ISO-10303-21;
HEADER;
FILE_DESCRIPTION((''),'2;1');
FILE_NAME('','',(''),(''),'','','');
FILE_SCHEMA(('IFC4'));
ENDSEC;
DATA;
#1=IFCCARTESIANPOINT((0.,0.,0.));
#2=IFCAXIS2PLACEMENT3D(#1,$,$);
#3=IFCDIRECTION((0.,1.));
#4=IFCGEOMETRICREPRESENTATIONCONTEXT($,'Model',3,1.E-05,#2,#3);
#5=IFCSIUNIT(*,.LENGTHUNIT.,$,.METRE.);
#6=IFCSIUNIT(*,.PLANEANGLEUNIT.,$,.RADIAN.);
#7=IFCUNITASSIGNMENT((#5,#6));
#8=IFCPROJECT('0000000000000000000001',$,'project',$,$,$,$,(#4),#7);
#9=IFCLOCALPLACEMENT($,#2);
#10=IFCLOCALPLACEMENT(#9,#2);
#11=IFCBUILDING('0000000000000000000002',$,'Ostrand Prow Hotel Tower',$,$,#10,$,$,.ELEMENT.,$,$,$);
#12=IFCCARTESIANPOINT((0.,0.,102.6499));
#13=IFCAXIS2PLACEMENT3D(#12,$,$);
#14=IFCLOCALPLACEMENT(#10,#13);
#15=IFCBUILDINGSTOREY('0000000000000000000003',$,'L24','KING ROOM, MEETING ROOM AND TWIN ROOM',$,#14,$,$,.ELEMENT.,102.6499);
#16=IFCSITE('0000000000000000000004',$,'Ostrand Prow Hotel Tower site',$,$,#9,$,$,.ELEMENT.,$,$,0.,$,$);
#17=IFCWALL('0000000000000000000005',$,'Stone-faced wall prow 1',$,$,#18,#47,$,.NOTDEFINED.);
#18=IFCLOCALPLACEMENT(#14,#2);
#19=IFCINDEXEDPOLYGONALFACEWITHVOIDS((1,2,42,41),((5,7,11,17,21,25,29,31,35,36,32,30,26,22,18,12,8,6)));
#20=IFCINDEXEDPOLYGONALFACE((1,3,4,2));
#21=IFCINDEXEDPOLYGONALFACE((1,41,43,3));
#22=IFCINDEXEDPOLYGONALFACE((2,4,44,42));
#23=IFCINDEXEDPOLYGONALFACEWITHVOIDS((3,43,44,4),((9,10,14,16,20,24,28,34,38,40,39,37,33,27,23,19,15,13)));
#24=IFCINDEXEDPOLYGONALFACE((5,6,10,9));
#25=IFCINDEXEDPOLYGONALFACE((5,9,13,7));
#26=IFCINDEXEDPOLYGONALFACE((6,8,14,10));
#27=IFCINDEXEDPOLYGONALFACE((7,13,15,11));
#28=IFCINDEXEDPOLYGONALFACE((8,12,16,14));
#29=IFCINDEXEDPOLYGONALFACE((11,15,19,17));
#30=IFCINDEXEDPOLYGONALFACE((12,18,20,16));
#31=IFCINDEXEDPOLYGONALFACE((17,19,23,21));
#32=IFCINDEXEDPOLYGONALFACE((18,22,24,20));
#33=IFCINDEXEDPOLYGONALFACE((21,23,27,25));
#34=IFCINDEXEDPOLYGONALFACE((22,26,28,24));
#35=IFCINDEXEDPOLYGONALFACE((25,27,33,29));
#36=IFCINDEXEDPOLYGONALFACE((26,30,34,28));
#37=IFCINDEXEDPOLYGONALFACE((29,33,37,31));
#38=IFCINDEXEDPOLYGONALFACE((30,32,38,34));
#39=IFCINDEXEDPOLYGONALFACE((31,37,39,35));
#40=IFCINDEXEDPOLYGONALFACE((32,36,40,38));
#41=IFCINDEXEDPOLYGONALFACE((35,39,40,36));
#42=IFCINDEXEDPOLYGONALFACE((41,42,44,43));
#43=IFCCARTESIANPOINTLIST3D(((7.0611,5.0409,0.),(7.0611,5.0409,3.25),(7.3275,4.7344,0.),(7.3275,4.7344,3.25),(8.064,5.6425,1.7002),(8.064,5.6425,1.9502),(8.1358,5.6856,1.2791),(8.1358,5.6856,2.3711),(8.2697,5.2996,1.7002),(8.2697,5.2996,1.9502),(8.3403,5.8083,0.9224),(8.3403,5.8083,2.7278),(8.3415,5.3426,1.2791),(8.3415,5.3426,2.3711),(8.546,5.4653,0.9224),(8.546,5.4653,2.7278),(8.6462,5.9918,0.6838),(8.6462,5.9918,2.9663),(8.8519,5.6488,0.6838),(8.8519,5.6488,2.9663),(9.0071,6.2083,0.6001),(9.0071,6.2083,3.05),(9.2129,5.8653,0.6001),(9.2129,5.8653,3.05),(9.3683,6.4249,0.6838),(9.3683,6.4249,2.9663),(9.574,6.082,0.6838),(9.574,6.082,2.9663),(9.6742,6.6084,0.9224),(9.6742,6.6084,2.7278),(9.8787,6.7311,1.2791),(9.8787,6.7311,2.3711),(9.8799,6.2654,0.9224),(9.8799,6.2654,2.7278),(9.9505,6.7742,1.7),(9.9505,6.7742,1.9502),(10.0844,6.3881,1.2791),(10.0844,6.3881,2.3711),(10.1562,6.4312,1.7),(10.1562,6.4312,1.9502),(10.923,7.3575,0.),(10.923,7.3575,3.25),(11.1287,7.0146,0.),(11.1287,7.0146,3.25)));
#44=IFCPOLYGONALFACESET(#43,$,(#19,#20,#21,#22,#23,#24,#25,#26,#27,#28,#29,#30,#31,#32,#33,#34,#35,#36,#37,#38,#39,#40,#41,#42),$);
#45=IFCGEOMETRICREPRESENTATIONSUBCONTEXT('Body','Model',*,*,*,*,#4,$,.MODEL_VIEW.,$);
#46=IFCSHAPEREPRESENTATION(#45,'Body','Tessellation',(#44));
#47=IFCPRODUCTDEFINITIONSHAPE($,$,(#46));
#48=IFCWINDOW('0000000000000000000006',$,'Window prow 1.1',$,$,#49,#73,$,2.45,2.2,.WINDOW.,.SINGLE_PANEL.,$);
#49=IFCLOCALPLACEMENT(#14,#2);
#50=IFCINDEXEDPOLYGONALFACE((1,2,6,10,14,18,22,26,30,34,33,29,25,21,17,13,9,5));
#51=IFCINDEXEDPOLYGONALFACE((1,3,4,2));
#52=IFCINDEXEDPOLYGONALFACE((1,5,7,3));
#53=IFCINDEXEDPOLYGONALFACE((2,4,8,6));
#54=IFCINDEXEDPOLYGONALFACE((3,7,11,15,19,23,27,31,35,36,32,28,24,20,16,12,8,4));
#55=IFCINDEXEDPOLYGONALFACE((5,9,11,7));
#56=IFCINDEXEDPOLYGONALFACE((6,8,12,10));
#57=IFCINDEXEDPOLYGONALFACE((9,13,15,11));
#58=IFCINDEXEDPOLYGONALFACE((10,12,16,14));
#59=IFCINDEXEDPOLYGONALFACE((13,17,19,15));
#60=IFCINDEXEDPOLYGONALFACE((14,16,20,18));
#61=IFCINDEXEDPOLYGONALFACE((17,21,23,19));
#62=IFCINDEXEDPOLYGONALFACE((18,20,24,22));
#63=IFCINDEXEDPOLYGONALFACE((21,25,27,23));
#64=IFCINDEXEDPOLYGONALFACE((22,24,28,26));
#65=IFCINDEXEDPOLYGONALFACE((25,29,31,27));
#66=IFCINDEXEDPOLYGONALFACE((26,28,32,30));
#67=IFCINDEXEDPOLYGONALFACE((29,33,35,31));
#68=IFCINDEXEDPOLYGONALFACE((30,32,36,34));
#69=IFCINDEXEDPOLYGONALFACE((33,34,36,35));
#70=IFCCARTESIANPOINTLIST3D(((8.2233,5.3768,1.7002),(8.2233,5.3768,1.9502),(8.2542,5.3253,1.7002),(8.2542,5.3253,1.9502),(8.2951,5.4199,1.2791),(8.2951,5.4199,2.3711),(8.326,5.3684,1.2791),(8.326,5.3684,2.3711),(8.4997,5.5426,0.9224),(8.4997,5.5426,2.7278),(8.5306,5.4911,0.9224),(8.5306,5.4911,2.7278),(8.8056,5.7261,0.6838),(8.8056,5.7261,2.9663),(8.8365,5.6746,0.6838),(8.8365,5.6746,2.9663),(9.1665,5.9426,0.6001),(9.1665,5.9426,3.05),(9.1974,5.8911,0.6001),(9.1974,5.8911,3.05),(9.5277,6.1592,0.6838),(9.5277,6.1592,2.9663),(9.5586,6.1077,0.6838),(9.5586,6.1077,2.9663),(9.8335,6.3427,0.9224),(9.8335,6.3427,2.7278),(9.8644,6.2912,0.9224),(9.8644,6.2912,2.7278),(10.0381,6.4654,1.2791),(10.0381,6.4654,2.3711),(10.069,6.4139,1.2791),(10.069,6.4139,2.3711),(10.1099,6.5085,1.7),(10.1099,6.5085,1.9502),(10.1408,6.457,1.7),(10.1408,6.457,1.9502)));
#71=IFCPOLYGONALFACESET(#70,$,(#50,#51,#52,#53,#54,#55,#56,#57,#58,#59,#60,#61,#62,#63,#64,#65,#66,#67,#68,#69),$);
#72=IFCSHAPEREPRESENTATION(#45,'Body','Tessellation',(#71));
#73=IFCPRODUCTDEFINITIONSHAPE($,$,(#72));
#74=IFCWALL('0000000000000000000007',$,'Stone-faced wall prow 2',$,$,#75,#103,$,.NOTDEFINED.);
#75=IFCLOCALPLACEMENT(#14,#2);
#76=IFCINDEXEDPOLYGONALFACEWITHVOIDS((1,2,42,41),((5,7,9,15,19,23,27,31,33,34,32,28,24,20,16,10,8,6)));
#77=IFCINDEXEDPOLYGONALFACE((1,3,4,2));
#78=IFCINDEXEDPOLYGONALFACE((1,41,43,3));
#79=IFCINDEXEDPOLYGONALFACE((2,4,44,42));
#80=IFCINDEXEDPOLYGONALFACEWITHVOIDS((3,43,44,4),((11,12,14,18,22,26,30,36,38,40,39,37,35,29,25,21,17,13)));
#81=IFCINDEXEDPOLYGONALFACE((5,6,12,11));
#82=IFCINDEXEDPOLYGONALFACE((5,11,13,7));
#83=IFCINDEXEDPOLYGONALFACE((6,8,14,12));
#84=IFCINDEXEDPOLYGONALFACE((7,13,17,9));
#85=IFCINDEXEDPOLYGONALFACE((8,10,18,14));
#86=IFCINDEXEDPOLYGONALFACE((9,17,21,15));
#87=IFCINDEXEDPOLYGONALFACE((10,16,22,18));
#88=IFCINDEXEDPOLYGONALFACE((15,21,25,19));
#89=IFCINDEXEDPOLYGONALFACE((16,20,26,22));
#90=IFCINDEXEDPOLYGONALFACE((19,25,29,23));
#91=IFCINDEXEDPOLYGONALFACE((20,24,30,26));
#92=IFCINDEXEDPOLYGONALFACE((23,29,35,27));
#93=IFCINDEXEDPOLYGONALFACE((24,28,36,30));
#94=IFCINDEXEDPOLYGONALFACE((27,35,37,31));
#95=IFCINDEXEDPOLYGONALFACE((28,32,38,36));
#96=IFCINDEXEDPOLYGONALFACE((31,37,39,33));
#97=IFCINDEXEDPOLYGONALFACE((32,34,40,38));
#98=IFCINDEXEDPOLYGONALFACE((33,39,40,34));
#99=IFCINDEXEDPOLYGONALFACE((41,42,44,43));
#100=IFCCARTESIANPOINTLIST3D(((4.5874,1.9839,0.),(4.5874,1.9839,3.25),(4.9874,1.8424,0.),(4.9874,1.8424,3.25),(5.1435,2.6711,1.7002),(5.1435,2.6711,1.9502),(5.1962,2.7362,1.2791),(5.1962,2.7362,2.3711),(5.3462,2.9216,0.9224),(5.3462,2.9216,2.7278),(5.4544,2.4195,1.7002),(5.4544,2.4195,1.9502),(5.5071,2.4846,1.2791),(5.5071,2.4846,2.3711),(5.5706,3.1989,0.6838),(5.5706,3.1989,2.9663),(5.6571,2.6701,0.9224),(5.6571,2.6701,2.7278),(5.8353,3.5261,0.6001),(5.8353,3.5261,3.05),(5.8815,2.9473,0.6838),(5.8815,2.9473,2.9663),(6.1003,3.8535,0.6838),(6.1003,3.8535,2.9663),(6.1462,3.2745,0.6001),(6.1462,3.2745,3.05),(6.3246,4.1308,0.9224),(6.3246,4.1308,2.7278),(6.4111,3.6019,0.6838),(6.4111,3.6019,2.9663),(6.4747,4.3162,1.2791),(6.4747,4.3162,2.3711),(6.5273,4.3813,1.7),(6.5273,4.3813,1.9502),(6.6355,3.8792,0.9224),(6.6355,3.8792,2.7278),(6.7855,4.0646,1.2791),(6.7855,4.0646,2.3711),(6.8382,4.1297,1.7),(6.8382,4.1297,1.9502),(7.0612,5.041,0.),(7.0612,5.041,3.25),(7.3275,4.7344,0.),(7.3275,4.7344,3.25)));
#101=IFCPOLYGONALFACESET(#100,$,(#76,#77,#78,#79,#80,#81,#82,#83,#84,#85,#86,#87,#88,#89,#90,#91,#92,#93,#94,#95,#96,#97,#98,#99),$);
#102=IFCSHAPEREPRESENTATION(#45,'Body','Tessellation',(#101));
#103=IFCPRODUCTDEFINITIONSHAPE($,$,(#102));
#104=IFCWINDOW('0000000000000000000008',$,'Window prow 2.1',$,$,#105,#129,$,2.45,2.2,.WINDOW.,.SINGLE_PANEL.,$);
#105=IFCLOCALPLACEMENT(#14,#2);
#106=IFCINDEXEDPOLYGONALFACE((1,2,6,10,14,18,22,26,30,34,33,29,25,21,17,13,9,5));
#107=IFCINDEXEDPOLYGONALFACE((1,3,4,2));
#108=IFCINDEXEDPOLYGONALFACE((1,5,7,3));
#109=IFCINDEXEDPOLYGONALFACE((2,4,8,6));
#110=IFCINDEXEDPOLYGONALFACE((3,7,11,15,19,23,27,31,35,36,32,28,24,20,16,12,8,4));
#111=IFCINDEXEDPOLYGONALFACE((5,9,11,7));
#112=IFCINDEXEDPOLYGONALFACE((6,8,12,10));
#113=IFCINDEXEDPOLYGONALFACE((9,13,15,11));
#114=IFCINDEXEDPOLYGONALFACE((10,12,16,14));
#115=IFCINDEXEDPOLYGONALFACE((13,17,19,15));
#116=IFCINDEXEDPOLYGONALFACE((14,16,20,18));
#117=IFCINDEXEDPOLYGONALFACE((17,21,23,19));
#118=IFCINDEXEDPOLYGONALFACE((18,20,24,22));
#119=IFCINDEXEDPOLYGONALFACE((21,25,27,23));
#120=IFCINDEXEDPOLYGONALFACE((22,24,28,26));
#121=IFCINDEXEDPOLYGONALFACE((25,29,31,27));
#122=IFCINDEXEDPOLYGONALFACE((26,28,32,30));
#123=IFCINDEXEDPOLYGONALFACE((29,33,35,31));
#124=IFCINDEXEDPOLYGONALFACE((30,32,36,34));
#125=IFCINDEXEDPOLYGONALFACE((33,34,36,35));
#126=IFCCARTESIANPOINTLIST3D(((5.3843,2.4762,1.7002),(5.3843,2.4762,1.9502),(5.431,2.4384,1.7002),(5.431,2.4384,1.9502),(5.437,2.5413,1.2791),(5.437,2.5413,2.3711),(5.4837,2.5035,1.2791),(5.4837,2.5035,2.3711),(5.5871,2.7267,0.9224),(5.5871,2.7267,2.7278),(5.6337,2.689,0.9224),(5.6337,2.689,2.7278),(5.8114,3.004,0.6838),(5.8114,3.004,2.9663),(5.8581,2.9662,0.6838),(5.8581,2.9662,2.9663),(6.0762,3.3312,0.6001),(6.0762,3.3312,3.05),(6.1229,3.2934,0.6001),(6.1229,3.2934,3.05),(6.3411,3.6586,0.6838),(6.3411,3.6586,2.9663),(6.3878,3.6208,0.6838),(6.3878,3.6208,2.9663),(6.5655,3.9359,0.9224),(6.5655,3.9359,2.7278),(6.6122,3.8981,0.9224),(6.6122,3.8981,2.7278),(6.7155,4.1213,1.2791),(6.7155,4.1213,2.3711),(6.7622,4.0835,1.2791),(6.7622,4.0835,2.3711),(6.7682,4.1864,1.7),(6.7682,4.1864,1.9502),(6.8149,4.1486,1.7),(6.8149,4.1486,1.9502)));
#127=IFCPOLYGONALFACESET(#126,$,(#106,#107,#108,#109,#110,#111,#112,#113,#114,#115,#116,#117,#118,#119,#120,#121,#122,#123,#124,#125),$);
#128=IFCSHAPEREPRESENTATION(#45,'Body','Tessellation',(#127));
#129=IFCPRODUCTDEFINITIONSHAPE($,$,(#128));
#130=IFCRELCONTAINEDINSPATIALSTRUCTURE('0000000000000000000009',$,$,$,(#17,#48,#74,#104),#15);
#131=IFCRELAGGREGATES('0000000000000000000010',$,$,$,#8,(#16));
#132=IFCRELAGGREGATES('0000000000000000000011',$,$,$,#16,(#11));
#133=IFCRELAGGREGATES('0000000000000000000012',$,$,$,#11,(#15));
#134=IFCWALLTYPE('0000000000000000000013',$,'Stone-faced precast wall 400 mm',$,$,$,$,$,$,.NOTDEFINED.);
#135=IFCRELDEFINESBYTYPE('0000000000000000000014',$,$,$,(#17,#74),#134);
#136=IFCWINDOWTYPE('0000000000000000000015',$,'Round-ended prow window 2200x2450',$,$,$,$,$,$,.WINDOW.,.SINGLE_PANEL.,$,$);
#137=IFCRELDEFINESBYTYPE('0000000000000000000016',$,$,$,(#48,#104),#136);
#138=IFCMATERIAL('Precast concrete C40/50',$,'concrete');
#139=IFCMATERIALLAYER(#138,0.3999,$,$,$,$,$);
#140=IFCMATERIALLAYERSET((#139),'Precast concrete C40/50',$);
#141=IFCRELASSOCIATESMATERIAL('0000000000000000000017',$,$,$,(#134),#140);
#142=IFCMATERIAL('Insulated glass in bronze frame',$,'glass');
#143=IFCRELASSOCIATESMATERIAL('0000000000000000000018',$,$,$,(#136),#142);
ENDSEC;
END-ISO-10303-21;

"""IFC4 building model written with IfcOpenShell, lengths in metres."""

from ifc_helpers import new_model, si_unit, direction, frame, origin, place, context, subcontext, project, spatial, polyline, outline, extrude, material, layer, layer_set, type_object, element, fill, save


model = new_model("IFC4")

# Units and contexts
model_context = context("Model", 3, precision=1e-05, world=origin(), true_north=direction((0.0, 1.0)))
body_context = subcontext(model_context, "Body", "Model", "MODEL_VIEW")
ifc_project = project(units=[si_unit("LENGTHUNIT", "METRE"), si_unit("PLANEANGLEUNIT", "RADIAN")], contexts=[model_context])

# Site, building, storey
site_placement = place(None, origin())
site = spatial("IfcSite", under=ifc_project, at=site_placement, Name="Ostrand Prow Hotel Tower site", CompositionType="ELEMENT", RefElevation=0.0)
building_placement = place(site_placement, origin())
building = spatial("IfcBuilding", under=site, at=building_placement, Name="Ostrand Prow Hotel Tower", CompositionType="ELEMENT")
storey_placement = place(building_placement, frame((0.0, 0.0, 102.6499)))
storey = spatial("IfcBuildingStorey", under=building, at=storey_placement, Name="L24", Description="KING ROOM, MEETING ROOM AND TWIN ROOM", CompositionType="ELEMENT", Elevation=102.6499)

# Walls, openings, windows
ifc_material_1 = material(Name="Precast concrete C40/50", Category="concrete")
ifc_layer_1 = layer(ifc_material_1, 0.3999)
ifc_layer_set_1 = layer_set([ifc_layer_1], Name="Precast concrete C40/50")
wall_type_1 = type_object("IfcWallType", Name="Stone-faced precast wall 400 mm", PredefinedType="NOTDEFINED", material=ifc_layer_set_1)
wall_1_placement = place(storey_placement, frame((11.0259, 7.186, 0.0), z_axis=(0.0, 0.0, 1.0), x_axis=(-0.857551, -0.514399, 0.0)))
wall_1 = element("IfcWall", 1, at=wall_1_placement, inside=storey, type_object=wall_type_1, Name="Stone-faced wall prow 1", PredefinedType="NOTDEFINED", context=body_context, shape_type="SweptSolid", body=[
    extrude(outline(polyline([(0.0, -0.2), (4.5034, -0.2), (4.4326, 0.2), (0.0, 0.2), (0.0, -0.2)])), origin(), (0.0, 0.0, 1.0), 3.25),
])
opening_1_placement = place(wall_1_placement, frame((1.134, 0.0, 0.6001)))
opening_1 = element("IfcOpeningElement", 2, at=opening_1_placement, cuts=wall_1, PredefinedType="OPENING", context=body_context, shape_type="SweptSolid", body=[
    extrude(outline(polyline([(0.0, 1.3501), (0.0837, 1.771), (0.3223, 2.1277), (0.679, 2.3662), (1.1001, 2.45), (1.521, 2.3662), (1.8777, 2.1277), (2.1162, 1.771), (2.2, 1.3501), (2.2, 1.1001), (2.1162, 0.679), (1.8777, 0.3223), (1.521, 0.0837), (1.1001, 0.0), (0.679, 0.0837), (0.3223, 0.3223), (0.0837, 0.679), (0.0, 1.0999), (0.0, 1.3501)])), frame((0.0, 0.21, 0.0), z_axis=(0.0, -1.0, 0.0), x_axis=(1.0, 0.0, 0.0)), (0.0, 0.0, 1.0), 0.4199),
])
ifc_material_2 = material(Name="Insulated glass in bronze frame", Category="glass")
window_type = type_object("IfcWindowType", Name="Round-ended prow window 2200x2450", PartitioningType="SINGLE_PANEL", PredefinedType="WINDOW", material=ifc_material_2)
window_1_placement = place(opening_1_placement, origin())
window_1 = element("IfcWindow", 3, at=window_1_placement, inside=storey, type_object=window_type, Name="Window prow 1.1", OverallHeight=2.45, OverallWidth=2.2, PartitioningType="SINGLE_PANEL", PredefinedType="WINDOW", context=body_context, shape_type="SweptSolid", body=[
    extrude(outline(polyline([(0.0, 1.3501), (0.0837, 1.771), (0.3223, 2.1277), (0.679, 2.3662), (1.1001, 2.45), (1.521, 2.3662), (1.8777, 2.1277), (2.1162, 1.771), (2.2, 1.3501), (2.2, 1.1001), (2.1162, 0.679), (1.8777, 0.3223), (1.521, 0.0837), (1.1001, 0.0), (0.679, 0.0837), (0.3223, 0.3223), (0.0837, 0.679), (0.0, 1.0999), (0.0, 1.3501)])), frame((0.0, 0.1699, 0.0), z_axis=(0.0, -1.0, 0.0), x_axis=(1.0, 0.0, 0.0)), (0.0, 0.0, 1.0), 0.0601),
])
fill(opening_1, window_1)
wall_2_placement = place(storey_placement, frame((7.1943, 4.8877, 0.0), z_axis=(0.0, 0.0, 1.0), x_axis=(-0.629035, -0.777377, 0.0)))
wall_2 = element("IfcWall", 4, at=wall_2_placement, inside=storey, type_object=wall_type_1, Name="Stone-faced wall prow 2", PredefinedType="NOTDEFINED", context=body_context, shape_type="SweptSolid", body=[
    extrude(outline(polyline([(-0.0354, -0.2), (3.8972, -0.2), (3.7556, 0.2), (0.0354, 0.2), (-0.0354, -0.2)])), origin(), (0.0, 0.0, 1.0), 3.25),
])
opening_2_placement = place(wall_2_placement, frame((0.8132, 0.0, 0.6001)))
opening_2 = element("IfcOpeningElement", 5, at=opening_2_placement, cuts=wall_2, PredefinedType="OPENING", context=body_context, shape_type="SweptSolid", body=[
    extrude(outline(polyline([(0.0, 1.3501), (0.0837, 1.771), (0.3223, 2.1277), (0.679, 2.3662), (1.1001, 2.45), (1.521, 2.3662), (1.8777, 2.1277), (2.1162, 1.771), (2.2, 1.3501), (2.2, 1.1001), (2.1162, 0.679), (1.8777, 0.3223), (1.521, 0.0837), (1.1001, 0.0), (0.679, 0.0837), (0.3223, 0.3223), (0.0837, 0.679), (0.0, 1.0999), (0.0, 1.3501)])), frame((0.0, 0.21, 0.0), z_axis=(0.0, -1.0, 0.0), x_axis=(1.0, 0.0, 0.0)), (0.0, 0.0, 1.0), 0.4199),
])
window_2_placement = place(opening_2_placement, origin())
window_2 = element("IfcWindow", 6, at=window_2_placement, inside=storey, type_object=window_type, Name="Window prow 2.1", OverallHeight=2.45, OverallWidth=2.2, PartitioningType="SINGLE_PANEL", PredefinedType="WINDOW", context=body_context, shape_type="SweptSolid", body=[
    extrude(outline(polyline([(0.0, 1.3501), (0.0837, 1.771), (0.3223, 2.1277), (0.679, 2.3662), (1.1001, 2.45), (1.521, 2.3662), (1.8777, 2.1277), (2.1162, 1.771), (2.2, 1.3501), (2.2, 1.1001), (2.1162, 0.679), (1.8777, 0.3223), (1.521, 0.0837), (1.1001, 0.0), (0.679, 0.0837), (0.3223, 0.3223), (0.0837, 0.679), (0.0, 1.0999), (0.0, 1.3501)])), frame((0.0, 0.1699, 0.0), z_axis=(0.0, -1.0, 0.0), x_axis=(1.0, 0.0, 0.0)), (0.0, 0.0, 1.0), 0.0601),
])
fill(opening_2, window_2)

save(model, "model.ifc")
